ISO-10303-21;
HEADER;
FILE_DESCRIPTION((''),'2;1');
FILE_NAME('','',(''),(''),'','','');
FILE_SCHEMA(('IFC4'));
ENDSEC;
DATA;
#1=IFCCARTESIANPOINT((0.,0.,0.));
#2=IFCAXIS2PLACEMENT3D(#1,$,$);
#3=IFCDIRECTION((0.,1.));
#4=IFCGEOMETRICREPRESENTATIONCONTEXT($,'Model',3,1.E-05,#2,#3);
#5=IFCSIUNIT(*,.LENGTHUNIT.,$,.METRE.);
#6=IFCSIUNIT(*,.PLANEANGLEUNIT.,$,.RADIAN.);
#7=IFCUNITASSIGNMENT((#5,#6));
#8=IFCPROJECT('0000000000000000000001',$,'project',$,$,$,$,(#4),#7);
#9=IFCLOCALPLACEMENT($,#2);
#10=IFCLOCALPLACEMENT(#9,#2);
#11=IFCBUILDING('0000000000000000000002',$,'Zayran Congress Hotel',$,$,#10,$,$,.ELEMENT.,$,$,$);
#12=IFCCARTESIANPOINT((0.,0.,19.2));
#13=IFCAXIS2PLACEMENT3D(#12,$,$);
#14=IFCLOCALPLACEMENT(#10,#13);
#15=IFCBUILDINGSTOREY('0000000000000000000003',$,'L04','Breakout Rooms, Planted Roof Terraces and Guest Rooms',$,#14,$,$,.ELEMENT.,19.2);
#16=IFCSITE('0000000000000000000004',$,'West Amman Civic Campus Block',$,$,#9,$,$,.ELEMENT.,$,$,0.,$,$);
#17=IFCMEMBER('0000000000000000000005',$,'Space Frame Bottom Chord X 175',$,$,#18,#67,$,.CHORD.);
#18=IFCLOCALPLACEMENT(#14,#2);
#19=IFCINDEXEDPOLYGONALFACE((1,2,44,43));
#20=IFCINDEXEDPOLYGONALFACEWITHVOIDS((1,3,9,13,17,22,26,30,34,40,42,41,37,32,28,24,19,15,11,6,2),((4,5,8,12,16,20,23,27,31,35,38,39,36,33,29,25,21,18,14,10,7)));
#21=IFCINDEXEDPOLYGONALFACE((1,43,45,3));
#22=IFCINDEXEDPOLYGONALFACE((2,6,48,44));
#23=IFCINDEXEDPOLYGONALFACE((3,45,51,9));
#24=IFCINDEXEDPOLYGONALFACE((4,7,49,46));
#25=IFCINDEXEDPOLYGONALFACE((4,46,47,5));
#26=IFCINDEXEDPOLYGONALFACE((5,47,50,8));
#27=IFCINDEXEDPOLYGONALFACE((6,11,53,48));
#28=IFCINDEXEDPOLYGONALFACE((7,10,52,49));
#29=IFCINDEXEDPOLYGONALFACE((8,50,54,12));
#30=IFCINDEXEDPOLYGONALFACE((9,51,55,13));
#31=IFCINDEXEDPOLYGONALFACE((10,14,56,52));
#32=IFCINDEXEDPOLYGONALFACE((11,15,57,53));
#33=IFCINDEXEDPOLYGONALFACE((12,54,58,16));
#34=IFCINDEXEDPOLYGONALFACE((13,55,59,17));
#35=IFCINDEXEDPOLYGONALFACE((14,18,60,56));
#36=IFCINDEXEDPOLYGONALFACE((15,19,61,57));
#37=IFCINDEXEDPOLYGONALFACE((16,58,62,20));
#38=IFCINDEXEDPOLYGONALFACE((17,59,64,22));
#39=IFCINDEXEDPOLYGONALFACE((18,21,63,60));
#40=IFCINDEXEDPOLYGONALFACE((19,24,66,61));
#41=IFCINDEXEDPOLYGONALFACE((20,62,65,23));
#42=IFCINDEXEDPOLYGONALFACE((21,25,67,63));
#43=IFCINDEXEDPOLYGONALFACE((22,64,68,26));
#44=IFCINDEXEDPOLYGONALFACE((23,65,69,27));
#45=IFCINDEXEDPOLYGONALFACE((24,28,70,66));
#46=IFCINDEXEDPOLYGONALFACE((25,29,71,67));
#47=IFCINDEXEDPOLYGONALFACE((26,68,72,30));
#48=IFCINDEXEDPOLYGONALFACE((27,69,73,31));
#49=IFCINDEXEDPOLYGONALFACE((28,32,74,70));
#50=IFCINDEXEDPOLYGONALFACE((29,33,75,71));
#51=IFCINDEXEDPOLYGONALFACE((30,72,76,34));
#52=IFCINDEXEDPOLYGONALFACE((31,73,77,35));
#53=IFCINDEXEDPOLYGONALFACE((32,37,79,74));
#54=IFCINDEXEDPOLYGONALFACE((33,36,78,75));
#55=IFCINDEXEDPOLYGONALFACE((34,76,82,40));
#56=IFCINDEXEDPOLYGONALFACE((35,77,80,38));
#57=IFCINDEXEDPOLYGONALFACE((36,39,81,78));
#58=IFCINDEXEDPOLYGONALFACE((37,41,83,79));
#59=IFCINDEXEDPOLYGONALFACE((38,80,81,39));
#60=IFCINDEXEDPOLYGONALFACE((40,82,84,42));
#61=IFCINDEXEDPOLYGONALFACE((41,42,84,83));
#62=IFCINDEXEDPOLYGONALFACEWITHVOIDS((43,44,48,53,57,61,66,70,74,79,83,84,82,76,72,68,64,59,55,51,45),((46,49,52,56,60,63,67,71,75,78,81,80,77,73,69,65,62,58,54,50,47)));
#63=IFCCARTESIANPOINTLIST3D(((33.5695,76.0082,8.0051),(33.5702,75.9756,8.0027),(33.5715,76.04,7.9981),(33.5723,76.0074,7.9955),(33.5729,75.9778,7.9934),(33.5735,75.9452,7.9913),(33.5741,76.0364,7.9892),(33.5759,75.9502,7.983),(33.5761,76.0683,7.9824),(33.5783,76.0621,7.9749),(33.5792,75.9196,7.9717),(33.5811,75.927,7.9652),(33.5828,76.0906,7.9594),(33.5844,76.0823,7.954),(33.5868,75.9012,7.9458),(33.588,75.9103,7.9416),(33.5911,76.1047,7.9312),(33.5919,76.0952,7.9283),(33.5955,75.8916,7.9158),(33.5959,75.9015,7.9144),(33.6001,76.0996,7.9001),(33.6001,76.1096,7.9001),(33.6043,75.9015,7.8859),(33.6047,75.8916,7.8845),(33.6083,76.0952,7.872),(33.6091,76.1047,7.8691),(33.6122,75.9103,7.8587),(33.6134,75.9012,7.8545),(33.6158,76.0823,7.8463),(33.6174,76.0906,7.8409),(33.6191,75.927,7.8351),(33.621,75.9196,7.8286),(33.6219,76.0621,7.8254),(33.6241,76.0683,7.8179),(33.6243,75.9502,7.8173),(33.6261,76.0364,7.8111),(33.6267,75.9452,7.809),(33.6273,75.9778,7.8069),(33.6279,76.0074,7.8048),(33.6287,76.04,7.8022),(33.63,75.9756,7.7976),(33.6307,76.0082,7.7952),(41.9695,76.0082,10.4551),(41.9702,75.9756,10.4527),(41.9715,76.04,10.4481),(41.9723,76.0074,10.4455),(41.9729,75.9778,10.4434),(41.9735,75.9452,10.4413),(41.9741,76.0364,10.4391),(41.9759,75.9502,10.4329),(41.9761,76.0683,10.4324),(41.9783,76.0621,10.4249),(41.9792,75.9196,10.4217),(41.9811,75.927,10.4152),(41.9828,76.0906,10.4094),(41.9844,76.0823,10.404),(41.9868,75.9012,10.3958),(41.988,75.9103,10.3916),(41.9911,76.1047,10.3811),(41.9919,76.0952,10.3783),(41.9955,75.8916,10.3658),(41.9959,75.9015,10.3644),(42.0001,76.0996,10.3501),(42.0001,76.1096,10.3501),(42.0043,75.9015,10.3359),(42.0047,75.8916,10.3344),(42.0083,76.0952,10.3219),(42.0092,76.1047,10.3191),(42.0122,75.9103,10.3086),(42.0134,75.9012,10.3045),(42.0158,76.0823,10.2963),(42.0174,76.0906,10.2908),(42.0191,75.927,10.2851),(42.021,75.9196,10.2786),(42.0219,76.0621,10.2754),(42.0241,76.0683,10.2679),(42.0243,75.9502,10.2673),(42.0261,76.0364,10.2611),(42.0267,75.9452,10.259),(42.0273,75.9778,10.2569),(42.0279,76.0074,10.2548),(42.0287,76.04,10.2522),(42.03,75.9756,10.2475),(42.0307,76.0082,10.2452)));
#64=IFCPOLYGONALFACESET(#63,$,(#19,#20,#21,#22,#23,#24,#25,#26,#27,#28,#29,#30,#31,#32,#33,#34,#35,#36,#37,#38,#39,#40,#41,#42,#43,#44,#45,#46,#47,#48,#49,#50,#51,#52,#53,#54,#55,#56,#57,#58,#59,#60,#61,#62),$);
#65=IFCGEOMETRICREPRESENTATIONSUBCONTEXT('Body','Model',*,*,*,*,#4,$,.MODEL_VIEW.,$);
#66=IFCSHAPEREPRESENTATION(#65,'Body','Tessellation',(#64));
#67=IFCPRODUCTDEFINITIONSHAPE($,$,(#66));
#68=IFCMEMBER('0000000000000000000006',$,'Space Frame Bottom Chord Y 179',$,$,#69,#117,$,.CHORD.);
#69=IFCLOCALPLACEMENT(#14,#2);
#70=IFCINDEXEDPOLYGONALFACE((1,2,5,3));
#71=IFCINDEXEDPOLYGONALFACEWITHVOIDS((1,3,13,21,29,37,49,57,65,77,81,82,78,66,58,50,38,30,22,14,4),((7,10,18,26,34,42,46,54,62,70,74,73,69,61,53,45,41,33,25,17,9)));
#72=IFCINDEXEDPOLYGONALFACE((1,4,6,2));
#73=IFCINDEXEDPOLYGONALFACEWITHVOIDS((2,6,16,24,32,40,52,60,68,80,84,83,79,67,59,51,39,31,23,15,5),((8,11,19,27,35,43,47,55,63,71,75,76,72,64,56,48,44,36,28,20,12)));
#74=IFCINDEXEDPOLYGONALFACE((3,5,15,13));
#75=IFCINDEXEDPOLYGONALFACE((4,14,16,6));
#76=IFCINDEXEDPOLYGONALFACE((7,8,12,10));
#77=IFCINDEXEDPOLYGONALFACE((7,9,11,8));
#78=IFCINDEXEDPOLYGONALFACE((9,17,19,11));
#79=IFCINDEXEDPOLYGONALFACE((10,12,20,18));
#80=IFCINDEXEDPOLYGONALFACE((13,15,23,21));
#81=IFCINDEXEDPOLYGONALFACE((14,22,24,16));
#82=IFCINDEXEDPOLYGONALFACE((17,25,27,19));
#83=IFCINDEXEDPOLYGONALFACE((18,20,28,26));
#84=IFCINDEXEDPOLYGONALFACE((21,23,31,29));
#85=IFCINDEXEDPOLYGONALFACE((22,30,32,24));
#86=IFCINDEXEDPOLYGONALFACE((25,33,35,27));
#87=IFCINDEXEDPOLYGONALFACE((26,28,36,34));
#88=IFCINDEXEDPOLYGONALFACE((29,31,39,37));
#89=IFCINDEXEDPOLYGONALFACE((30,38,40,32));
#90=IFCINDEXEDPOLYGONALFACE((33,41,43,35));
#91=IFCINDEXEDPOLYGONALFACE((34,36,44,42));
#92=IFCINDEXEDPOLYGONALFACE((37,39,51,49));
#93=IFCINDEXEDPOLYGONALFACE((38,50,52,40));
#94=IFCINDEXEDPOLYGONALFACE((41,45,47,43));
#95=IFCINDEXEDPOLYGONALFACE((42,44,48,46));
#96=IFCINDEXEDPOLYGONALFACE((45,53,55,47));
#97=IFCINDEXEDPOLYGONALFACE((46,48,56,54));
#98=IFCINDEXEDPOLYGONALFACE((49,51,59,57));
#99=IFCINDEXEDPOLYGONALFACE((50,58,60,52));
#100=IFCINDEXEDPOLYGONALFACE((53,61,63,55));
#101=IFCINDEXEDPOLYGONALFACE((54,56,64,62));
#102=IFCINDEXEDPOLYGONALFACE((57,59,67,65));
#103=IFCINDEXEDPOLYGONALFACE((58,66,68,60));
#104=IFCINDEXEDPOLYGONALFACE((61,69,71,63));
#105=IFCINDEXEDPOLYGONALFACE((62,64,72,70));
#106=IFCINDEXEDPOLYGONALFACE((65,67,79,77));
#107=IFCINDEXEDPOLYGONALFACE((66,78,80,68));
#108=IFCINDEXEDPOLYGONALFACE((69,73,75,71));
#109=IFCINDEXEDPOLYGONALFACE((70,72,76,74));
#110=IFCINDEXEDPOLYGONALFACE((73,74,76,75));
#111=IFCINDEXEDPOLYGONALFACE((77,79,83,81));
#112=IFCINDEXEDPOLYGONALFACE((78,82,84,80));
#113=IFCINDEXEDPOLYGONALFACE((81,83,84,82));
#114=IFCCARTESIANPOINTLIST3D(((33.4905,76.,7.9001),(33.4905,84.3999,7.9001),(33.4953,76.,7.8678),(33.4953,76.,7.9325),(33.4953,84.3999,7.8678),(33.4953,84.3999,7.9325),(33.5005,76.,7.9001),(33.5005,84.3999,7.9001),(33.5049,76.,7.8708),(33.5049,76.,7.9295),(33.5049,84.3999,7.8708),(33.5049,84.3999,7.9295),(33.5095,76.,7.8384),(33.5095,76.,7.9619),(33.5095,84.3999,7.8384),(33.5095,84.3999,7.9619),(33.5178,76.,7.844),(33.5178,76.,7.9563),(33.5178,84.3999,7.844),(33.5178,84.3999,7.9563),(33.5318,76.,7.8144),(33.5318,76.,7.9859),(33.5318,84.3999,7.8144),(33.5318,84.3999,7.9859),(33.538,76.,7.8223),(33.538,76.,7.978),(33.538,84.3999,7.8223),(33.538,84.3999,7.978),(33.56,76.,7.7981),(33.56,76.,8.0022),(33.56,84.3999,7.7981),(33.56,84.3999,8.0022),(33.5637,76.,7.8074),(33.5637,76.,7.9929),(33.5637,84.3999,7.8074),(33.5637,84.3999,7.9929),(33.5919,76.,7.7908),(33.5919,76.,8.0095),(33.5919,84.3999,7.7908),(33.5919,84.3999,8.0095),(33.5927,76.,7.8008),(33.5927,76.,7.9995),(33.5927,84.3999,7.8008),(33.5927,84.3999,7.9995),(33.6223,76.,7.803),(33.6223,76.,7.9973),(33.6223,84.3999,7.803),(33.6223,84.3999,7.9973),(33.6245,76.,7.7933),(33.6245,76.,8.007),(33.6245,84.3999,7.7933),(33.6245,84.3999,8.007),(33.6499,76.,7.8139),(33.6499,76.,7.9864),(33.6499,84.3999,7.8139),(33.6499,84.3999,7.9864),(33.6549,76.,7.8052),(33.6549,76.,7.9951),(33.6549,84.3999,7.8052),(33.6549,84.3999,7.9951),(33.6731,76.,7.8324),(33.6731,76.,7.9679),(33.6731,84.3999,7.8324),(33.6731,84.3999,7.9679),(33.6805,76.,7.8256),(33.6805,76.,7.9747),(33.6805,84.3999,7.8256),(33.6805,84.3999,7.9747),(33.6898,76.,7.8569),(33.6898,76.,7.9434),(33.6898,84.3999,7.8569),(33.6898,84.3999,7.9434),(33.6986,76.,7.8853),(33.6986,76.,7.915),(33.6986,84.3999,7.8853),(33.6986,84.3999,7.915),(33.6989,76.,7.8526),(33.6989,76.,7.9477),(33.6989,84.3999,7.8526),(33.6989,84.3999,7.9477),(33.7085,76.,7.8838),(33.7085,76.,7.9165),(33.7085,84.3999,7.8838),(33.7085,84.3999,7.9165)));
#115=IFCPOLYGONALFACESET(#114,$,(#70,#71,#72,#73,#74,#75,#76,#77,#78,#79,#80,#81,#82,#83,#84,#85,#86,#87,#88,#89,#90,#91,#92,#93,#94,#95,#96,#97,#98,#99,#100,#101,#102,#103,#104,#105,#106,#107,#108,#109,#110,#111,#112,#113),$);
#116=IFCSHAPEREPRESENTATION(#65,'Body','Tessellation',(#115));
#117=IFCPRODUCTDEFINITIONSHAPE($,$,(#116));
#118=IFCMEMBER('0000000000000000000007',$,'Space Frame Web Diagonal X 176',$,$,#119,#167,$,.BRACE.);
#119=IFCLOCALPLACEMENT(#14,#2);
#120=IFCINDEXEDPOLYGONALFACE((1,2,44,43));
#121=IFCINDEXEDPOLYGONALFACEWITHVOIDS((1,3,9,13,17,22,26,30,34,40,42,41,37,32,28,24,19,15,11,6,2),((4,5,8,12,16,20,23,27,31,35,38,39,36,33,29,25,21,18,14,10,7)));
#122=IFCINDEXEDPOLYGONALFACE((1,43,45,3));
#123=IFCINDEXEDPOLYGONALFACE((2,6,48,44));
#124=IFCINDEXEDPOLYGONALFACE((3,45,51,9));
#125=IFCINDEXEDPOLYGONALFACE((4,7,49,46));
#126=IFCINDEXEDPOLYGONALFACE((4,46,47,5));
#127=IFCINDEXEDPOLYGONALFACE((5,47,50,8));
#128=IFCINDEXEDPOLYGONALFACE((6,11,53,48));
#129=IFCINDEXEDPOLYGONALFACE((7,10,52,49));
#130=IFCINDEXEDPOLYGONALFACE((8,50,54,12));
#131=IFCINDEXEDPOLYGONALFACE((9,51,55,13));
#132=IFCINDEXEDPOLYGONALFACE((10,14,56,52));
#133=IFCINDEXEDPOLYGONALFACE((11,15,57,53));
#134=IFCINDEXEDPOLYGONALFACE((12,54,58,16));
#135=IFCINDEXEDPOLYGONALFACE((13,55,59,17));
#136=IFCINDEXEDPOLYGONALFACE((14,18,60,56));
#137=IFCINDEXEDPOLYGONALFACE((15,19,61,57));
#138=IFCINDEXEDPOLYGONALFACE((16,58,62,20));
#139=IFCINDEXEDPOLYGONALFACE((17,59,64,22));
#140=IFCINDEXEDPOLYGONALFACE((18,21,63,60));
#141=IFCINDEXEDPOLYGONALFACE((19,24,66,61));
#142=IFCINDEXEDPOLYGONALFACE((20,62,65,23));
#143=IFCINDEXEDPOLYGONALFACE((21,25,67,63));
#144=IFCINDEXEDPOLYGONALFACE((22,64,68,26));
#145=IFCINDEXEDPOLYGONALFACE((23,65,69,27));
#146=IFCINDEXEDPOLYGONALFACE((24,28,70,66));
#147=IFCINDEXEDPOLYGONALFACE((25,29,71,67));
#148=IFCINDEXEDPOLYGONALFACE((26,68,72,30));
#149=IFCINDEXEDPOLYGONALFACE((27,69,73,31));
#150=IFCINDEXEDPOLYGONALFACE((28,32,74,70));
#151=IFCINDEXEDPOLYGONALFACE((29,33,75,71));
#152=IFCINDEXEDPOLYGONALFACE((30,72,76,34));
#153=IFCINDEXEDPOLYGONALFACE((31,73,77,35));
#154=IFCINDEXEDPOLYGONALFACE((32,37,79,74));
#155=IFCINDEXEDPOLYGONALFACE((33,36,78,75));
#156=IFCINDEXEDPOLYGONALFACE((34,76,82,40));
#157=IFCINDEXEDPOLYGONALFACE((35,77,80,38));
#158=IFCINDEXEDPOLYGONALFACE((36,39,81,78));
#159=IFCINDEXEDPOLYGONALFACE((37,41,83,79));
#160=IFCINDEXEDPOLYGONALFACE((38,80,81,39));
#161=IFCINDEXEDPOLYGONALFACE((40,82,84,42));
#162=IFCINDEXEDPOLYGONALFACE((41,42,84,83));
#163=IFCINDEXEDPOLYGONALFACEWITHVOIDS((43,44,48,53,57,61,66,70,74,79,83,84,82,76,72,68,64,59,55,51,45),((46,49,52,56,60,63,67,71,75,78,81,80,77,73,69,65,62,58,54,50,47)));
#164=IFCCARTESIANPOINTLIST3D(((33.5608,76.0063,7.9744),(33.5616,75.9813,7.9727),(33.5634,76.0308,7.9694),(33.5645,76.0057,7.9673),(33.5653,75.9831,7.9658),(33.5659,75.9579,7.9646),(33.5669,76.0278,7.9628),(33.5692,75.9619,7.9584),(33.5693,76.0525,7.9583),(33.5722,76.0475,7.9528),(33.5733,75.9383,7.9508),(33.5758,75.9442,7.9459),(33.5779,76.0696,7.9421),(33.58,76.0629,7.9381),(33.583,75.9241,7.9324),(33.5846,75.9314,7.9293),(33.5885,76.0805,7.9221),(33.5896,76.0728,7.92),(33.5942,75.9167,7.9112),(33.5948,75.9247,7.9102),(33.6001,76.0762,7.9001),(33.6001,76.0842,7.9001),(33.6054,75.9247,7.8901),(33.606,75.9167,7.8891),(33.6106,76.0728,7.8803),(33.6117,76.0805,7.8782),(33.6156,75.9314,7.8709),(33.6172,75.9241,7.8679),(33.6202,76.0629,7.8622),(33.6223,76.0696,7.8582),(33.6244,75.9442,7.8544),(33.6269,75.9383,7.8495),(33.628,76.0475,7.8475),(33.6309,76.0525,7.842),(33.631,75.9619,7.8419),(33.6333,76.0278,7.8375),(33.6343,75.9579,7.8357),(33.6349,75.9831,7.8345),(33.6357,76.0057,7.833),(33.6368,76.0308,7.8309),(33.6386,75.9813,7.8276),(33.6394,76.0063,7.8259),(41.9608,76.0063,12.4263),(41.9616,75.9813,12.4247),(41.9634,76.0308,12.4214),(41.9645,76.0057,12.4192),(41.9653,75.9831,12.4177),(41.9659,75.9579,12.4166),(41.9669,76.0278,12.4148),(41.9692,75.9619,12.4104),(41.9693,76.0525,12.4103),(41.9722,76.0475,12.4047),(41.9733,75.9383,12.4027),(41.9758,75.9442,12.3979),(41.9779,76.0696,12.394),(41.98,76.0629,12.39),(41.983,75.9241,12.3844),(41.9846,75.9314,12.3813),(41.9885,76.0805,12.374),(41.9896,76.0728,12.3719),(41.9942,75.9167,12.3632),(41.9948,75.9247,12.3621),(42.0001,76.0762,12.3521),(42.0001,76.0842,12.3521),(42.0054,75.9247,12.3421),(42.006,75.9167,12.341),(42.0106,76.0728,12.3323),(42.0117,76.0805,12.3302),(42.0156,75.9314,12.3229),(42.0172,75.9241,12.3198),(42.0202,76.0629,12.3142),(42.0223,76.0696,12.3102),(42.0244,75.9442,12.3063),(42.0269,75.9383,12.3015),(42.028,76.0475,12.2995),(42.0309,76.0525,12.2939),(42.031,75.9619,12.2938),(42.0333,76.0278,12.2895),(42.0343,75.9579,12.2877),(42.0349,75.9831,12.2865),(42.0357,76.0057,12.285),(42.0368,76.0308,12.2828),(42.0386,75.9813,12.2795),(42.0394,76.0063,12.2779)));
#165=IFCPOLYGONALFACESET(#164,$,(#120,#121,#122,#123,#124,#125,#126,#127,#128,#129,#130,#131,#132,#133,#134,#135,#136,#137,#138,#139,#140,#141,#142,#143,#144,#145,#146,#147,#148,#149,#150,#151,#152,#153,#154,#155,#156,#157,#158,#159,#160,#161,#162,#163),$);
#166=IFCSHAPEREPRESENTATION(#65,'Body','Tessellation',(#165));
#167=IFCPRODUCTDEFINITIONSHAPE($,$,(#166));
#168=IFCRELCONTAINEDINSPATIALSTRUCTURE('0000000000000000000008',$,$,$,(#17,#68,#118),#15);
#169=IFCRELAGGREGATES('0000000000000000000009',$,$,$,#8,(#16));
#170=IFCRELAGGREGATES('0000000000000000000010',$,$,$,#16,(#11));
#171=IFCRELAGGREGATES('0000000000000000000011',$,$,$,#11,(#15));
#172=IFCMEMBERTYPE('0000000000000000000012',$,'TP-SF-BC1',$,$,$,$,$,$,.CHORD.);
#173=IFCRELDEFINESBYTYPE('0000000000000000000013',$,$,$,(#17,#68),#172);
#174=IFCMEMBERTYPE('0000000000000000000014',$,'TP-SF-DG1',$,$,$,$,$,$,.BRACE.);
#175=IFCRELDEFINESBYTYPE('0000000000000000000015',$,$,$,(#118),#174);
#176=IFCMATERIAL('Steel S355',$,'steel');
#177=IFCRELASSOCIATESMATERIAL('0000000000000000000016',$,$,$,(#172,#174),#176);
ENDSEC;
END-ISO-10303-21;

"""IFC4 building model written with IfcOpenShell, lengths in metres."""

from ifc_helpers import new_model, si_unit, direction, frame, origin, origin_2d, place, context, subcontext, project, spatial, hollow_circle, extrude, material, material_profile, profile_set, type_object, element, save


model = new_model("IFC4")

# Units and contexts
model_context = context("Model", 3, precision=1e-05, world=origin(), true_north=direction((0.0, 1.0)))
body_context = subcontext(model_context, "Body", "Model", "MODEL_VIEW")
ifc_project = project(units=[si_unit("LENGTHUNIT", "METRE"), si_unit("PLANEANGLEUNIT", "RADIAN")], contexts=[model_context])

# Site, building, storey
site_placement = place(None, origin())
site = spatial("IfcSite", under=ifc_project, at=site_placement, Name="West Amman Civic Campus Block", CompositionType="ELEMENT", RefElevation=0.0)
building_placement = place(site_placement, origin())
building = spatial("IfcBuilding", under=site, at=building_placement, Name="Zayran Congress Hotel", CompositionType="ELEMENT")
storey_placement = place(building_placement, frame((0.0, 0.0, 19.2)))
storey = spatial("IfcBuildingStorey", under=building, at=storey_placement, Name="L04", Description="Breakout Rooms, Planted Roof Terraces and Guest Rooms", CompositionType="ELEMENT", Elevation=19.2)

# Members
ifc_material_1 = material(Name="Steel S355", Category="steel")
ifc_material_profile_1 = material_profile(ifc_material_1, hollow_circle(Radius=0.1096, WallThickness=0.01, at=origin_2d()), Name="CHS 219.1x10")
ifc_profile_set_1 = profile_set([ifc_material_profile_1], Name="Steel S355")
member_type_1 = type_object("IfcMemberType", Name="TP-SF-BC1", PredefinedType="CHORD", material=ifc_profile_set_1)
member_1_placement = place(storey_placement, frame((33.6001, 76.0, 7.9001), z_axis=(0.960001, 0.0, 0.279998), x_axis=(0.0, 1.0, 0.0)))
element("IfcMember", 1, at=member_1_placement, inside=storey, type_object=member_type_1, Name="Space Frame Bottom Chord X 175", PredefinedType="CHORD", context=body_context, shape_type="SweptSolid", body=[
    extrude(hollow_circle(Radius=0.1096, WallThickness=0.01, at=origin_2d()), origin(), (0.0, 0.0, 1.0), 8.75),
])
member_2_placement = place(storey_placement, frame((33.6001, 76.0, 7.9001), z_axis=(0.0, 1.0, 0.0), x_axis=(-1.0, 0.0, 0.0)))
element("IfcMember", 2, at=member_2_placement, inside=storey, type_object=member_type_1, Name="Space Frame Bottom Chord Y 179", PredefinedType="CHORD", context=body_context, shape_type="SweptSolid", body=[
    extrude(hollow_circle(Radius=0.1096, WallThickness=0.01, at=origin_2d()), origin(), (0.0, 0.0, 1.0), 8.3999),
])
ifc_material_profile_2 = material_profile(ifc_material_1, hollow_circle(Radius=0.0842, WallThickness=0.0081, at=origin_2d()), Name="CHS 168.3x8")
ifc_profile_set_2 = profile_set([ifc_material_profile_2], Name="Steel S355")
member_type_2 = type_object("IfcMemberType", Name="TP-SF-DG1", PredefinedType="BRACE", material=ifc_profile_set_2)
member_3_placement = place(storey_placement, frame((33.6001, 76.0, 7.9001), z_axis=(0.883575, 0.0, 0.46829), x_axis=(0.0, 1.0, 0.0)))
element("IfcMember", 3, at=member_3_placement, inside=storey, type_object=member_type_2, Name="Space Frame Web Diagonal X 176", PredefinedType="BRACE", context=body_context, shape_type="SweptSolid", body=[
    extrude(hollow_circle(Radius=0.0842, WallThickness=0.0081, at=origin_2d()), origin(), (0.0, 0.0, 1.0), 9.5068),
])

save(model, "model.ifc")
